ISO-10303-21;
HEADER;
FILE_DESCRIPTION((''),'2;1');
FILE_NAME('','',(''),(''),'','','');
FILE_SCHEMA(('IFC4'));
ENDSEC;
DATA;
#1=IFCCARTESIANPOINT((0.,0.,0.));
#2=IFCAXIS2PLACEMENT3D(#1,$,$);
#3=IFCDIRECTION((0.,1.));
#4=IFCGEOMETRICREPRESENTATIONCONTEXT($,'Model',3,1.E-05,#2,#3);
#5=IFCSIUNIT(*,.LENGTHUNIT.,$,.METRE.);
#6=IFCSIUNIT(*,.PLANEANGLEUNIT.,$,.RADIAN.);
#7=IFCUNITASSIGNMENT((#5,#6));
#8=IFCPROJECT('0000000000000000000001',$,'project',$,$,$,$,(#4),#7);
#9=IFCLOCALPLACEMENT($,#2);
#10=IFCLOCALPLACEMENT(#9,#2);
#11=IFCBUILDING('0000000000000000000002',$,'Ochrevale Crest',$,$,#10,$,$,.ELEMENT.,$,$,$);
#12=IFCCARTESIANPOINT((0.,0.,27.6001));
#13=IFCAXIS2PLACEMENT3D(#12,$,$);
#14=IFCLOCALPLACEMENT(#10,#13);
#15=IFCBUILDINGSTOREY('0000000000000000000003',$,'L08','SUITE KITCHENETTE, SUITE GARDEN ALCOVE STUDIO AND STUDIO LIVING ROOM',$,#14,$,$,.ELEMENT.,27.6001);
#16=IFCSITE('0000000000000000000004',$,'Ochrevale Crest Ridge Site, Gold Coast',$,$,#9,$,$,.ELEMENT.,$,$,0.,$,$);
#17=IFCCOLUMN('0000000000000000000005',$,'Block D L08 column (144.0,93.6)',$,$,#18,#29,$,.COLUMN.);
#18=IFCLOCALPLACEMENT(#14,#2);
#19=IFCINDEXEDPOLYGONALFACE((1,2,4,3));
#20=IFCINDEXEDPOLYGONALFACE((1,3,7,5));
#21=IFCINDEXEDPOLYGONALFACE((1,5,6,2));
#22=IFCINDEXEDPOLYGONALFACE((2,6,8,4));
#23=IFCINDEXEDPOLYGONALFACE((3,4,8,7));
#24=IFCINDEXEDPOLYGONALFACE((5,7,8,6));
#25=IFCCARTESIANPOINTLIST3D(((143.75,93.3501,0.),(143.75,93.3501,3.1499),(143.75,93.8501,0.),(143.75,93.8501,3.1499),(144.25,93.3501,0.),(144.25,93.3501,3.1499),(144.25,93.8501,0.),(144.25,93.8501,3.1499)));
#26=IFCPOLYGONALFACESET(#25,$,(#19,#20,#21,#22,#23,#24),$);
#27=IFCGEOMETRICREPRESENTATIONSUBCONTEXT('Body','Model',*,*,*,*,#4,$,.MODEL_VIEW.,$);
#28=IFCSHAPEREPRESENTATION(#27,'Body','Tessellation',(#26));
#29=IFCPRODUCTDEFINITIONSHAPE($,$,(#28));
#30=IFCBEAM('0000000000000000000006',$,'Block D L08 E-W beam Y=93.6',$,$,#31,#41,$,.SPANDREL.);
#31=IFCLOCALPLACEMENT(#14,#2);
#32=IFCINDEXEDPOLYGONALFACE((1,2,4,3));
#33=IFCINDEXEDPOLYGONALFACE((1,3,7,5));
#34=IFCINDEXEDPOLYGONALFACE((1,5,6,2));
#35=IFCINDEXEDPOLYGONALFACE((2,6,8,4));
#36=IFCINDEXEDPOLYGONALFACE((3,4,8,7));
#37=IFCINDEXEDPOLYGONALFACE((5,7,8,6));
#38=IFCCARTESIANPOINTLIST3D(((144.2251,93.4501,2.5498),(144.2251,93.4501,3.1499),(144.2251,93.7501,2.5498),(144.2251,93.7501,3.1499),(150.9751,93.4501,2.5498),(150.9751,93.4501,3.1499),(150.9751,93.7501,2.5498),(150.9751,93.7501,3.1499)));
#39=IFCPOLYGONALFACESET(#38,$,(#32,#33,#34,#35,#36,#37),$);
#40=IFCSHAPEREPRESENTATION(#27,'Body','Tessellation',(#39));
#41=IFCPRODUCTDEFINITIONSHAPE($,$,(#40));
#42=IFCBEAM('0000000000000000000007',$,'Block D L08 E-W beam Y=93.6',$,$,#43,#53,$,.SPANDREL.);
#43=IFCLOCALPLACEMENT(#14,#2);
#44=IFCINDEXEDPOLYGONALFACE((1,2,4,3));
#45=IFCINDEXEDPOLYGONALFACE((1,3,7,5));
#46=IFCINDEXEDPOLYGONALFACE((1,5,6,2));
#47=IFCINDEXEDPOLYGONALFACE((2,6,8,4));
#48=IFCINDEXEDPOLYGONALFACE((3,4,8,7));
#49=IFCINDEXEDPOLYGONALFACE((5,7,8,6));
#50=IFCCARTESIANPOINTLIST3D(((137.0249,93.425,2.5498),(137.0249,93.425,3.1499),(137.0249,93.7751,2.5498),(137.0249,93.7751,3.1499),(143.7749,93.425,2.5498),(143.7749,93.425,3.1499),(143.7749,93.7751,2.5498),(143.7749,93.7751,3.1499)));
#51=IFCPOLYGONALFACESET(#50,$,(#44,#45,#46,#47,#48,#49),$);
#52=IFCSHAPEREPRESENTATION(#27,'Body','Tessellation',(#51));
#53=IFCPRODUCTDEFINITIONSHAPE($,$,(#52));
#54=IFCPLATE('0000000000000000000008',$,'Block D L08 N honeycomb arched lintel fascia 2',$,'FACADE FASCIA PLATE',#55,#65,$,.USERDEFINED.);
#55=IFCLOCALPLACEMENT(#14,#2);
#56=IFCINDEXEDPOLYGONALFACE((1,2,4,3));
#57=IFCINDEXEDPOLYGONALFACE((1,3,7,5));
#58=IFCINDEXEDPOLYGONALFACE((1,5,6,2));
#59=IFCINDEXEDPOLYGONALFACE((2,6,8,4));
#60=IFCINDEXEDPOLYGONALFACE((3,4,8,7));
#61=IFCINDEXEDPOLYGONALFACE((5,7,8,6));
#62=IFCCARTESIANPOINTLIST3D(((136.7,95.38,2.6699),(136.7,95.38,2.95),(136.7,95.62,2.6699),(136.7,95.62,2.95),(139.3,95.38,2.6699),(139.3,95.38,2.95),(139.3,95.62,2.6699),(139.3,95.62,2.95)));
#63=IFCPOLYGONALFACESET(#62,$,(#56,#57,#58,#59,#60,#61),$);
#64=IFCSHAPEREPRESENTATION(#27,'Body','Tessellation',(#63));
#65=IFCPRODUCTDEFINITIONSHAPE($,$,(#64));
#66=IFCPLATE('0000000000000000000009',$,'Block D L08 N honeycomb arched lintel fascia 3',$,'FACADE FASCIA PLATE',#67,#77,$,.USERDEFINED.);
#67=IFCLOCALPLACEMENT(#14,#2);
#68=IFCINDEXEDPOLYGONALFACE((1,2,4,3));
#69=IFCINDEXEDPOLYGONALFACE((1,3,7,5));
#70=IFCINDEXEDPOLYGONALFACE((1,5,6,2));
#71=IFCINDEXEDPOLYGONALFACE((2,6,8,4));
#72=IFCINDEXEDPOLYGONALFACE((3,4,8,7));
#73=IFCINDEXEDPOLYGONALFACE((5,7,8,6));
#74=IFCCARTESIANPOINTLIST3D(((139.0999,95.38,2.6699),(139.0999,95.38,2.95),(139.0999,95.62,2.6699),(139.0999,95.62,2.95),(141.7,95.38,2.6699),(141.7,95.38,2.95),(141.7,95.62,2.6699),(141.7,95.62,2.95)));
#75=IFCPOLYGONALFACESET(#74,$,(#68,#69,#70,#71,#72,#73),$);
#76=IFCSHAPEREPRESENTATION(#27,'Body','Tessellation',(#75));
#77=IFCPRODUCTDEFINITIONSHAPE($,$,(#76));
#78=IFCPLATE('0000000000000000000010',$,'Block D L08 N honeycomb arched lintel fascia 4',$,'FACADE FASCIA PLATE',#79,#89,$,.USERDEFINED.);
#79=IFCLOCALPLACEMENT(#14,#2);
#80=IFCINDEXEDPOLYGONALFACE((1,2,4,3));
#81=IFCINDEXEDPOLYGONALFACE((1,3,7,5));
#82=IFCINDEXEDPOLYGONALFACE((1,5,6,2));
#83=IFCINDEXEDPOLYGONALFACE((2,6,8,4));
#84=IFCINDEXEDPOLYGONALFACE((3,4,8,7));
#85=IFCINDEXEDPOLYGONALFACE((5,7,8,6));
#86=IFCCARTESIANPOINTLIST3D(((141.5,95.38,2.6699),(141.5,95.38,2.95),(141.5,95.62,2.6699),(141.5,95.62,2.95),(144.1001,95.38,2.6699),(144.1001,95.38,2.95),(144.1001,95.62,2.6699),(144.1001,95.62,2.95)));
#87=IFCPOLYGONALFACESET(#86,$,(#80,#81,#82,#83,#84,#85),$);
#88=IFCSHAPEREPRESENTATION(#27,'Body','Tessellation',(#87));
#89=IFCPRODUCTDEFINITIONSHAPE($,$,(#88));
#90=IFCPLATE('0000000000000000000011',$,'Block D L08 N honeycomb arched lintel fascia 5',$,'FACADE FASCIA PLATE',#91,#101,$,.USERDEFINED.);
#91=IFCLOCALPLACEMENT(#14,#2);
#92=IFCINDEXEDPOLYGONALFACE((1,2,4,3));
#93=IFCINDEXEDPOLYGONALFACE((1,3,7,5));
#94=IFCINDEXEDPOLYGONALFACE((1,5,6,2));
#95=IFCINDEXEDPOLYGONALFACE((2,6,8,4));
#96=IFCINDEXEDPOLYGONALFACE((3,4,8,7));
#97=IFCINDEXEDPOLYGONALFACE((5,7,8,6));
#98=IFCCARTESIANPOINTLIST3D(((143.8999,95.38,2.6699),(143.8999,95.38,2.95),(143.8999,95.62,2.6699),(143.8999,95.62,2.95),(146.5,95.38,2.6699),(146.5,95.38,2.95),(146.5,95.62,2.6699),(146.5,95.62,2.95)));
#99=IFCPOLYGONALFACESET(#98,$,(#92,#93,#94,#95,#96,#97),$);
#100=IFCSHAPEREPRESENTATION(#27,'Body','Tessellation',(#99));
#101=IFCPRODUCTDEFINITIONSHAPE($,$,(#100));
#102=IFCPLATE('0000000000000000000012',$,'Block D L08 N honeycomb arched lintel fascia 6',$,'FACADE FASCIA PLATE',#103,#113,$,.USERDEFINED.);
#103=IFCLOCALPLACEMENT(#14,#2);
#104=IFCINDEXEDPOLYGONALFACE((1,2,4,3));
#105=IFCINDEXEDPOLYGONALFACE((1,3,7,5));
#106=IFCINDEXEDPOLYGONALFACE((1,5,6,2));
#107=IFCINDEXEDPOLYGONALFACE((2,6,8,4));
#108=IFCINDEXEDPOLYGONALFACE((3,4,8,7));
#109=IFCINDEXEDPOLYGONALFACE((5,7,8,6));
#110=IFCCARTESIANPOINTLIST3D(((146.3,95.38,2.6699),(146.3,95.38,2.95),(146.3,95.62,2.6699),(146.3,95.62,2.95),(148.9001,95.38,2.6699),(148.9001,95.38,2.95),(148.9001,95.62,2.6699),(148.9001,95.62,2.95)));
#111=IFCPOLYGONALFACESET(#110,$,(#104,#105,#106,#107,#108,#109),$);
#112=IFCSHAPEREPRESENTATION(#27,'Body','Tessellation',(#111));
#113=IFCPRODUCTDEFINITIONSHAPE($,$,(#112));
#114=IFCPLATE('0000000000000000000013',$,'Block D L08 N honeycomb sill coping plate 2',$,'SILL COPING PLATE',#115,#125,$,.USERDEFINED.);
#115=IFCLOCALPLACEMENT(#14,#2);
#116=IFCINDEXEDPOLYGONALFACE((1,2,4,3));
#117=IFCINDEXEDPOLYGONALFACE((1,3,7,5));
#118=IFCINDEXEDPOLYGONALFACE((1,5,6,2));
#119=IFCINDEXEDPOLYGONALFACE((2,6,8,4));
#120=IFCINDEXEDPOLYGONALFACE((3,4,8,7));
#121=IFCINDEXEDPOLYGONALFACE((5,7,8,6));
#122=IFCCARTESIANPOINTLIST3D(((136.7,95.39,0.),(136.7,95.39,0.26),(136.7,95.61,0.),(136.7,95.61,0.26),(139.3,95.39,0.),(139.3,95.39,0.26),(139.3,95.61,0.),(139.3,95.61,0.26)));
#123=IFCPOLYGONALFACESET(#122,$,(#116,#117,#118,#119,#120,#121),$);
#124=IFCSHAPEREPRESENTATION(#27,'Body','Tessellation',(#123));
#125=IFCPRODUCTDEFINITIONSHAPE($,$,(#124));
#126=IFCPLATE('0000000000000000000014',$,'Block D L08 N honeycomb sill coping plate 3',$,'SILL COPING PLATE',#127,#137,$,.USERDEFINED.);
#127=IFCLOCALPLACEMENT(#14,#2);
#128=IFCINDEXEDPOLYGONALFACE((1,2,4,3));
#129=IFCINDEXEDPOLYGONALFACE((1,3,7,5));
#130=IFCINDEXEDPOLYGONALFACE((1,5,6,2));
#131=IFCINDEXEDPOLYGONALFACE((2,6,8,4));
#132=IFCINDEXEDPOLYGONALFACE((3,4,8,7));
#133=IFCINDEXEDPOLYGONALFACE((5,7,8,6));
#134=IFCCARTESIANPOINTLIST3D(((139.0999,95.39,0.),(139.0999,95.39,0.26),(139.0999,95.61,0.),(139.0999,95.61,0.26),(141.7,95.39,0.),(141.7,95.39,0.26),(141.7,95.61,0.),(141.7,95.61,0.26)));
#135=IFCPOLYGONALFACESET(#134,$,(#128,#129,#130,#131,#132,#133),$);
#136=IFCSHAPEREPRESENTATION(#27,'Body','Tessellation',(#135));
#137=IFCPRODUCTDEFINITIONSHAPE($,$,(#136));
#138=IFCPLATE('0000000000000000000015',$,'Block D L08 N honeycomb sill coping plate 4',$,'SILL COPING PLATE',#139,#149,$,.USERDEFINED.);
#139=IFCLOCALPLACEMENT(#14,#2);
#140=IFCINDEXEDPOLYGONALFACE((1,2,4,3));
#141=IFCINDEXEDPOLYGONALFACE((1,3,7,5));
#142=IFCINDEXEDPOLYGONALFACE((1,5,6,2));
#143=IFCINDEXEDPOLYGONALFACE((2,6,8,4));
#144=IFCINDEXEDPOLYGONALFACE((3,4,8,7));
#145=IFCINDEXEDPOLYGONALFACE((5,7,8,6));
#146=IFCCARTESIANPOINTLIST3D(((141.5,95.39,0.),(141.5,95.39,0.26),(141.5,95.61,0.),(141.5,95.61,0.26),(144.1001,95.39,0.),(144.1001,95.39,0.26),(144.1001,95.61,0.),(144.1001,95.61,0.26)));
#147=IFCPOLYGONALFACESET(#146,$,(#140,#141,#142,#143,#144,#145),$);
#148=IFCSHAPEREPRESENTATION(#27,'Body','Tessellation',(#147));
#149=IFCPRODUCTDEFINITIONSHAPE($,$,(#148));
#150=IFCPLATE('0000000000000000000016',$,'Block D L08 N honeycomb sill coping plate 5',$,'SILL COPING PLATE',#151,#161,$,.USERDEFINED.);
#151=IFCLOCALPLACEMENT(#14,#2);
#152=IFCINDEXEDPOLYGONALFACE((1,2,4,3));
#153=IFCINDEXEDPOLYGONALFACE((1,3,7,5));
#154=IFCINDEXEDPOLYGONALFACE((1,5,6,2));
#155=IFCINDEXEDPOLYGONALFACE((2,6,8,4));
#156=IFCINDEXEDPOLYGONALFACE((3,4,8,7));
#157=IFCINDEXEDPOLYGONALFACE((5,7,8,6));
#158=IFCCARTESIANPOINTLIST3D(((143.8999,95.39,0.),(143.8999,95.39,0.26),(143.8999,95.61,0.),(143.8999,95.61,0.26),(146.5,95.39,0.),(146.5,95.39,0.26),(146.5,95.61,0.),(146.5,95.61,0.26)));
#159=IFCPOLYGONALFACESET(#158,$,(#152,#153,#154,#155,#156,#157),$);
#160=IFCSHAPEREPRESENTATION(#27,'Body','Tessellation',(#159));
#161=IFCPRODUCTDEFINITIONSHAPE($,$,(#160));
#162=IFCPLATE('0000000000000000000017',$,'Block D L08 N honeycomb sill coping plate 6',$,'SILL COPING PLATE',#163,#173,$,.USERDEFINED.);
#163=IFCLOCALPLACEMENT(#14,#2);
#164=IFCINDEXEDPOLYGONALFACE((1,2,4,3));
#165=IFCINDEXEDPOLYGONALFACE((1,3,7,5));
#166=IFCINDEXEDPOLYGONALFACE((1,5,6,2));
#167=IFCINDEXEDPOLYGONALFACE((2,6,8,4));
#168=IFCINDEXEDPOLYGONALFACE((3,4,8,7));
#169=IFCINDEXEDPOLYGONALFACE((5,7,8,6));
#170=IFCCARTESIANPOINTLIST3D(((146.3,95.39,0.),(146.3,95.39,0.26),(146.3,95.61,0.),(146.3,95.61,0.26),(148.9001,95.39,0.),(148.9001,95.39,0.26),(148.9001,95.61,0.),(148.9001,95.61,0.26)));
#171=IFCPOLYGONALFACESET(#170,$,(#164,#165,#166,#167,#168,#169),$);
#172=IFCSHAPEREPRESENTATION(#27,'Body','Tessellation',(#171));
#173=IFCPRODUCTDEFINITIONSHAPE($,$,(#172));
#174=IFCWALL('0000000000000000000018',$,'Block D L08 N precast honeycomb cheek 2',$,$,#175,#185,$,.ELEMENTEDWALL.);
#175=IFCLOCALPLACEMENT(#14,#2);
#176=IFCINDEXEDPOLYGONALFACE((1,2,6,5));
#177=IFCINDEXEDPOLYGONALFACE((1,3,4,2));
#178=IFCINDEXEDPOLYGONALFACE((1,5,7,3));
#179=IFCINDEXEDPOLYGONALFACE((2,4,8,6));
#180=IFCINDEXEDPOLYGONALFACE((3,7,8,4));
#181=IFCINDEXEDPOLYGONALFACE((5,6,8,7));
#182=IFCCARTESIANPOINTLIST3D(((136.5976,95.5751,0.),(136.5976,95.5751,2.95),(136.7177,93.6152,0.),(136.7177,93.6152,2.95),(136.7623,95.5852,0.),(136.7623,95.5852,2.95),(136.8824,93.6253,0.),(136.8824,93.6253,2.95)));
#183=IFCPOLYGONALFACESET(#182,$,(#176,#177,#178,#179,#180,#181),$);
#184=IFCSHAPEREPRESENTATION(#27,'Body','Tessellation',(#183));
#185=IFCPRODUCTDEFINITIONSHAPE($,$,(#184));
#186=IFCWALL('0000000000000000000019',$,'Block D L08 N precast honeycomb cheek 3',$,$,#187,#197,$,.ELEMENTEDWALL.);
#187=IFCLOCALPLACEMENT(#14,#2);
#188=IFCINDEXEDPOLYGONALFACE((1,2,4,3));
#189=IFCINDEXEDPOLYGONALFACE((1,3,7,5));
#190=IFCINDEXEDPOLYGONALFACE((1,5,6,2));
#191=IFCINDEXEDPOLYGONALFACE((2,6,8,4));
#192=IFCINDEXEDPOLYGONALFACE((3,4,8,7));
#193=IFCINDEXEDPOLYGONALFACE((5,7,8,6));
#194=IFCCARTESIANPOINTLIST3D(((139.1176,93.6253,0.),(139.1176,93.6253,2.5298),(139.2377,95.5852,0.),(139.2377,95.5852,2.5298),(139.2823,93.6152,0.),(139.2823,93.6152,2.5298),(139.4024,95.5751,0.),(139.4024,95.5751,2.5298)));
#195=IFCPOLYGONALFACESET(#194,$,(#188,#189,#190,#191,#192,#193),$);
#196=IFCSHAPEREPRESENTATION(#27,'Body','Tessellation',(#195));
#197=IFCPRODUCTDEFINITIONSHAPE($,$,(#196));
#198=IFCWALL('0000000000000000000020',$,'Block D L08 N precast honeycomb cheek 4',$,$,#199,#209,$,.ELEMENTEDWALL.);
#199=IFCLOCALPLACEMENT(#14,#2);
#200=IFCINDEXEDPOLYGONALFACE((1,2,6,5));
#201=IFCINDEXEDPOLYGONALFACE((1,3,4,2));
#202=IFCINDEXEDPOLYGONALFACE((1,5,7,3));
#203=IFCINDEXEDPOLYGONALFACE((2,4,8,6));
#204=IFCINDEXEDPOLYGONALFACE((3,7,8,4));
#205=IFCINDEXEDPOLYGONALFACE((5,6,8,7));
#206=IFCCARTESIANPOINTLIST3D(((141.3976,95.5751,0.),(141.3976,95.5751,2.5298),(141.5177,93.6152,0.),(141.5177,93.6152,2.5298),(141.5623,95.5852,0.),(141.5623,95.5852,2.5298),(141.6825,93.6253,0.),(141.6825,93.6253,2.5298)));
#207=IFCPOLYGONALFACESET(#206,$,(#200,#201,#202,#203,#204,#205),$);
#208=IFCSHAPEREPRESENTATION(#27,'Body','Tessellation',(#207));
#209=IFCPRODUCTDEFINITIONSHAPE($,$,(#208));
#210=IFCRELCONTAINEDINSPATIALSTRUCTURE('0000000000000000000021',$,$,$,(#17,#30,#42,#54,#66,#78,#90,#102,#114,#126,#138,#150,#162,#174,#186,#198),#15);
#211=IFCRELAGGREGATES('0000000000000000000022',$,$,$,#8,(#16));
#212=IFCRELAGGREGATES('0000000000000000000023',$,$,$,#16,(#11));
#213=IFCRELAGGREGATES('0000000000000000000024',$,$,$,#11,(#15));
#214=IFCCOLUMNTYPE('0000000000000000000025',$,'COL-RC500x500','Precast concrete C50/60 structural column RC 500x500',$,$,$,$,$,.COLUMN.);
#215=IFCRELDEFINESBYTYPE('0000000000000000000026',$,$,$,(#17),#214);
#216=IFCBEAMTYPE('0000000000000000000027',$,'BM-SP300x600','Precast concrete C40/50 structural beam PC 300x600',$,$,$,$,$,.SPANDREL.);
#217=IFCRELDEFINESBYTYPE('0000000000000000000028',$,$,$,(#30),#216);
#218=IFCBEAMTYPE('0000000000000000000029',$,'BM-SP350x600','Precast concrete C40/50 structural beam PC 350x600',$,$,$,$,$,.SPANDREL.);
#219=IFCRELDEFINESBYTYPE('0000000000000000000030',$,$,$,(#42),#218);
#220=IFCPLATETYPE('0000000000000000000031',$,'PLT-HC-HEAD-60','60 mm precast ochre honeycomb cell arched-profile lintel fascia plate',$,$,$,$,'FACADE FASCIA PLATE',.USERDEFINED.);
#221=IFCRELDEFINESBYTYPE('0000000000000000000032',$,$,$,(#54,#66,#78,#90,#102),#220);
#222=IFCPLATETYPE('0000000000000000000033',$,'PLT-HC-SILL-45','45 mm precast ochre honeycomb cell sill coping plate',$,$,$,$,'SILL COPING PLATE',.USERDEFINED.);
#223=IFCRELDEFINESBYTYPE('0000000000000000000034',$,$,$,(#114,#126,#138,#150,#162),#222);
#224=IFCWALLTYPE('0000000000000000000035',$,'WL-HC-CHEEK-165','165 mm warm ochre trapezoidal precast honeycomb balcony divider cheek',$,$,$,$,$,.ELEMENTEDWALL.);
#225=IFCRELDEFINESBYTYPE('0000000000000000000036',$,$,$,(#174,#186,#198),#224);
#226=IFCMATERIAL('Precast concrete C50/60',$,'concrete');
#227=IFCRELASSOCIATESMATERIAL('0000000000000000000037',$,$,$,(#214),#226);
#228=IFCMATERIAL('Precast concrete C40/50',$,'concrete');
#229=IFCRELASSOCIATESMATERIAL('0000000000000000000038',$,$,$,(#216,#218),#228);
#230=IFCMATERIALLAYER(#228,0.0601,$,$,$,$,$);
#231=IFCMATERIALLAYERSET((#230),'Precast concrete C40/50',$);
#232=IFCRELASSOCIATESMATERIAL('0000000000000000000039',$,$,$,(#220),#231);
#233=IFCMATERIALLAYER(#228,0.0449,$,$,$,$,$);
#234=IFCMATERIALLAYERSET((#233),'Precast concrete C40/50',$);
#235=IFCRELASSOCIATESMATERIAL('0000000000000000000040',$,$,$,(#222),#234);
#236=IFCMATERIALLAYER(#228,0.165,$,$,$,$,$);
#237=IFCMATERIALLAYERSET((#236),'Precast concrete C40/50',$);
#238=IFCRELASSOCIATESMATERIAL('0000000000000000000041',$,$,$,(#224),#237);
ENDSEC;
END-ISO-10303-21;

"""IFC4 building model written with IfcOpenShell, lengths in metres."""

from ifc_helpers import new_model, si_unit, direction, frame, frame_2d, origin, origin_2d, place, context, subcontext, project, spatial, rectangle, extrude, material, layer, layer_set, material_profile, profile_set, type_object, element, save


model = new_model("IFC4")

# Units and contexts
model_context = context("Model", 3, precision=1e-05, world=origin(), true_north=direction((0.0, 1.0)))
body_context = subcontext(model_context, "Body", "Model", "MODEL_VIEW")
ifc_project = project(units=[si_unit("LENGTHUNIT", "METRE"), si_unit("PLANEANGLEUNIT", "RADIAN")], contexts=[model_context])

# Site, building, storey
site_placement = place(None, origin())
site = spatial("IfcSite", under=ifc_project, at=site_placement, Name="Ochrevale Crest Ridge Site, Gold Coast", CompositionType="ELEMENT", RefElevation=0.0)
building_placement = place(site_placement, origin())
building = spatial("IfcBuilding", under=site, at=building_placement, Name="Ochrevale Crest", CompositionType="ELEMENT")
storey_placement = place(building_placement, frame((0.0, 0.0, 27.6001)))
storey = spatial("IfcBuildingStorey", under=building, at=storey_placement, Name="L08", Description="SUITE KITCHENETTE, SUITE GARDEN ALCOVE STUDIO AND STUDIO LIVING ROOM", CompositionType="ELEMENT", Elevation=27.6001)

# Column
ifc_material_1 = material(Name="Precast concrete C50/60", Category="concrete")
ifc_material_profile_1 = material_profile(ifc_material_1, rectangle(XDim=0.5, YDim=0.5, at=origin_2d()), Name="RC 500x500")
ifc_profile_set_1 = profile_set([ifc_material_profile_1], Name="Precast concrete C50/60")
column_type = type_object("IfcColumnType", Name="COL-RC500x500", Description="Precast concrete C50/60 structural column RC 500x500", PredefinedType="COLUMN", material=ifc_profile_set_1)
column_placement = place(storey_placement, frame((144.0, 93.6001, 0.0), z_axis=(0.0, 0.0, 1.0), x_axis=(1.0, 0.0, 0.0)))
element("IfcColumn", 1, at=column_placement, inside=storey, type_object=column_type, Name="Block D L08 column (144.0,93.6)", PredefinedType="COLUMN", context=body_context, shape_type="SweptSolid", body=[
    extrude(rectangle(XDim=0.5, YDim=0.5, at=origin_2d()), origin(), (0.0, 0.0, 1.0), 3.1499),
])

# Beams
ifc_material_2 = material(Name="Precast concrete C40/50", Category="concrete")
ifc_material_profile_2 = material_profile(ifc_material_2, rectangle(XDim=0.3, YDim=0.6001, at=origin_2d()), Name="PC 300x600")
ifc_profile_set_2 = profile_set([ifc_material_profile_2], Name="Precast concrete C40/50")
beam_type_1 = type_object("IfcBeamType", Name="BM-SP300x600", Description="Precast concrete C40/50 structural beam PC 300x600", PredefinedType="SPANDREL", material=ifc_profile_set_2)
beam_1_placement = place(storey_placement, frame((144.2251, 93.6001, 2.8499), z_axis=(1.0, 0.0, 0.0), x_axis=(0.0, 1.0, 0.0)))
element("IfcBeam", 2, at=beam_1_placement, inside=storey, type_object=beam_type_1, Name="Block D L08 E-W beam Y=93.6", PredefinedType="SPANDREL", context=body_context, shape_type="SweptSolid", body=[
    extrude(rectangle(XDim=0.3, YDim=0.6001, at=origin_2d()), origin(), (0.0, 0.0, 1.0), 6.75),
])
ifc_material_profile_3 = material_profile(ifc_material_2, rectangle(XDim=0.3501, YDim=0.6001, at=origin_2d()), Name="PC 350x600")
ifc_profile_set_3 = profile_set([ifc_material_profile_3], Name="Precast concrete C40/50")
beam_type_2 = type_object("IfcBeamType", Name="BM-SP350x600", Description="Precast concrete C40/50 structural beam PC 350x600", PredefinedType="SPANDREL", material=ifc_profile_set_3)
beam_2_placement = place(storey_placement, frame((137.0249, 93.6001, 2.8499), z_axis=(1.0, 0.0, 0.0), x_axis=(0.0, 1.0, 0.0)))
element("IfcBeam", 3, at=beam_2_placement, inside=storey, type_object=beam_type_2, Name="Block D L08 E-W beam Y=93.6", PredefinedType="SPANDREL", context=body_context, shape_type="SweptSolid", body=[
    extrude(rectangle(XDim=0.3501, YDim=0.6001, at=origin_2d()), origin(), (0.0, 0.0, 1.0), 6.75),
])

# Plates
ifc_layer_1 = layer(ifc_material_2, 0.0601)
ifc_layer_set_1 = layer_set([ifc_layer_1], Name="Precast concrete C40/50")
plate_type_1 = type_object("IfcPlateType", Name="PLT-HC-HEAD-60", Description="60 mm precast ochre honeycomb cell arched-profile lintel fascia plate", ElementType="FACADE FASCIA PLATE", PredefinedType="USERDEFINED", material=ifc_layer_set_1)
for number, where, z_axis, x_axis, name in (
    (4, (138.0, 95.5, 2.6699), (0.0, 0.0, 1.0), (1.0, 0.0, 0.0), "Block D L08 N honeycomb arched lintel fascia 2"),
    (5, (140.3999, 95.5, 2.6699), (0.0, 0.0, 1.0), (1.0, 0.0, 0.0), "Block D L08 N honeycomb arched lintel fascia 3"),
    (6, (142.8, 95.5, 2.6699), (0.0, 0.0, 1.0), (1.0, 0.0, 0.0), "Block D L08 N honeycomb arched lintel fascia 4"),
    (7, (145.2, 95.5, 2.6699), (0.0, 0.0, 1.0), (1.0, 0.0, 0.0), "Block D L08 N honeycomb arched lintel fascia 5"),
    (8, (147.6001, 95.5, 2.6699), (0.0, 0.0, 1.0), (1.0, 0.0, 0.0), "Block D L08 N honeycomb arched lintel fascia 6"),
):
    element("IfcPlate", number, at=place(storey_placement, frame(where, z_axis=z_axis, x_axis=x_axis)), inside=storey, type_object=plate_type_1, Name=name, ObjectType="FACADE FASCIA PLATE", PredefinedType="USERDEFINED", context=body_context, shape_type="SweptSolid", body=[
        extrude(rectangle(XDim=2.6001, YDim=0.24, at=origin_2d()), origin(), (0.0, 0.0, 1.0), 0.28),
    ])
ifc_layer_2 = layer(ifc_material_2, 0.0449)
ifc_layer_set_2 = layer_set([ifc_layer_2], Name="Precast concrete C40/50")
plate_type_2 = type_object("IfcPlateType", Name="PLT-HC-SILL-45", Description="45 mm precast ochre honeycomb cell sill coping plate", ElementType="SILL COPING PLATE", PredefinedType="USERDEFINED", material=ifc_layer_set_2)
for number, where, z_axis, x_axis, name in (
    (9, (138.0, 95.5, 0.0), (0.0, 0.0, 1.0), (1.0, 0.0, 0.0), "Block D L08 N honeycomb sill coping plate 2"),
    (10, (140.3999, 95.5, 0.0), (0.0, 0.0, 1.0), (1.0, 0.0, 0.0), "Block D L08 N honeycomb sill coping plate 3"),
    (11, (142.8, 95.5, 0.0), (0.0, 0.0, 1.0), (1.0, 0.0, 0.0), "Block D L08 N honeycomb sill coping plate 4"),
    (12, (145.2, 95.5, 0.0), (0.0, 0.0, 1.0), (1.0, 0.0, 0.0), "Block D L08 N honeycomb sill coping plate 5"),
    (13, (147.6001, 95.5, 0.0), (0.0, 0.0, 1.0), (1.0, 0.0, 0.0), "Block D L08 N honeycomb sill coping plate 6"),
):
    element("IfcPlate", number, at=place(storey_placement, frame(where, z_axis=z_axis, x_axis=x_axis)), inside=storey, type_object=plate_type_2, Name=name, ObjectType="SILL COPING PLATE", PredefinedType="USERDEFINED", context=body_context, shape_type="SweptSolid", body=[
        extrude(rectangle(XDim=2.6001, YDim=0.22, at=origin_2d()), origin(), (0.0, 0.0, 1.0), 0.26),
    ])

# Walls
ifc_layer_3 = layer(ifc_material_2, 0.165)
ifc_layer_set_3 = layer_set([ifc_layer_3], Name="Precast concrete C40/50")
wall_type = type_object("IfcWallType", Name="WL-HC-CHEEK-165", Description="165 mm warm ochre trapezoidal precast honeycomb balcony divider cheek", PredefinedType="ELEMENTEDWALL", material=ifc_layer_set_3)
wall_1_placement = place(storey_placement, frame((136.8, 93.6201, 0.0), z_axis=(0.0, 0.0, 1.0), x_axis=(-0.061171, 0.998127, 0.0)))
element("IfcWall", 14, at=wall_1_placement, inside=storey, type_object=wall_type, Name="Block D L08 N precast honeycomb cheek 2", PredefinedType="ELEMENTEDWALL", context=body_context, shape_type="SweptSolid", body=[
    extrude(rectangle(XDim=1.9636, YDim=0.165, at=frame_2d((0.9819, 0.0))), origin(), (0.0, 0.0, 1.0), 2.95),
])
for number, where, z_axis, x_axis, name in (
    (15, (139.2, 93.6201, 0.0), (0.0, 0.0, 1.0), (0.061171, 0.998127, 0.0), "Block D L08 N precast honeycomb cheek 3"),
    (16, (141.6001, 93.6201, 0.0), (0.0, 0.0, 1.0), (-0.061171, 0.998127, 0.0), "Block D L08 N precast honeycomb cheek 4"),
):
    element("IfcWall", number, at=place(storey_placement, frame(where, z_axis=z_axis, x_axis=x_axis)), inside=storey, type_object=wall_type, Name=name, PredefinedType="ELEMENTEDWALL", context=body_context, shape_type="SweptSolid", body=[
        extrude(rectangle(XDim=1.9636, YDim=0.165, at=frame_2d((0.9819, 0.0))), origin(), (0.0, 0.0, 1.0), 2.5298),
    ])

save(model, "model.ifc")
